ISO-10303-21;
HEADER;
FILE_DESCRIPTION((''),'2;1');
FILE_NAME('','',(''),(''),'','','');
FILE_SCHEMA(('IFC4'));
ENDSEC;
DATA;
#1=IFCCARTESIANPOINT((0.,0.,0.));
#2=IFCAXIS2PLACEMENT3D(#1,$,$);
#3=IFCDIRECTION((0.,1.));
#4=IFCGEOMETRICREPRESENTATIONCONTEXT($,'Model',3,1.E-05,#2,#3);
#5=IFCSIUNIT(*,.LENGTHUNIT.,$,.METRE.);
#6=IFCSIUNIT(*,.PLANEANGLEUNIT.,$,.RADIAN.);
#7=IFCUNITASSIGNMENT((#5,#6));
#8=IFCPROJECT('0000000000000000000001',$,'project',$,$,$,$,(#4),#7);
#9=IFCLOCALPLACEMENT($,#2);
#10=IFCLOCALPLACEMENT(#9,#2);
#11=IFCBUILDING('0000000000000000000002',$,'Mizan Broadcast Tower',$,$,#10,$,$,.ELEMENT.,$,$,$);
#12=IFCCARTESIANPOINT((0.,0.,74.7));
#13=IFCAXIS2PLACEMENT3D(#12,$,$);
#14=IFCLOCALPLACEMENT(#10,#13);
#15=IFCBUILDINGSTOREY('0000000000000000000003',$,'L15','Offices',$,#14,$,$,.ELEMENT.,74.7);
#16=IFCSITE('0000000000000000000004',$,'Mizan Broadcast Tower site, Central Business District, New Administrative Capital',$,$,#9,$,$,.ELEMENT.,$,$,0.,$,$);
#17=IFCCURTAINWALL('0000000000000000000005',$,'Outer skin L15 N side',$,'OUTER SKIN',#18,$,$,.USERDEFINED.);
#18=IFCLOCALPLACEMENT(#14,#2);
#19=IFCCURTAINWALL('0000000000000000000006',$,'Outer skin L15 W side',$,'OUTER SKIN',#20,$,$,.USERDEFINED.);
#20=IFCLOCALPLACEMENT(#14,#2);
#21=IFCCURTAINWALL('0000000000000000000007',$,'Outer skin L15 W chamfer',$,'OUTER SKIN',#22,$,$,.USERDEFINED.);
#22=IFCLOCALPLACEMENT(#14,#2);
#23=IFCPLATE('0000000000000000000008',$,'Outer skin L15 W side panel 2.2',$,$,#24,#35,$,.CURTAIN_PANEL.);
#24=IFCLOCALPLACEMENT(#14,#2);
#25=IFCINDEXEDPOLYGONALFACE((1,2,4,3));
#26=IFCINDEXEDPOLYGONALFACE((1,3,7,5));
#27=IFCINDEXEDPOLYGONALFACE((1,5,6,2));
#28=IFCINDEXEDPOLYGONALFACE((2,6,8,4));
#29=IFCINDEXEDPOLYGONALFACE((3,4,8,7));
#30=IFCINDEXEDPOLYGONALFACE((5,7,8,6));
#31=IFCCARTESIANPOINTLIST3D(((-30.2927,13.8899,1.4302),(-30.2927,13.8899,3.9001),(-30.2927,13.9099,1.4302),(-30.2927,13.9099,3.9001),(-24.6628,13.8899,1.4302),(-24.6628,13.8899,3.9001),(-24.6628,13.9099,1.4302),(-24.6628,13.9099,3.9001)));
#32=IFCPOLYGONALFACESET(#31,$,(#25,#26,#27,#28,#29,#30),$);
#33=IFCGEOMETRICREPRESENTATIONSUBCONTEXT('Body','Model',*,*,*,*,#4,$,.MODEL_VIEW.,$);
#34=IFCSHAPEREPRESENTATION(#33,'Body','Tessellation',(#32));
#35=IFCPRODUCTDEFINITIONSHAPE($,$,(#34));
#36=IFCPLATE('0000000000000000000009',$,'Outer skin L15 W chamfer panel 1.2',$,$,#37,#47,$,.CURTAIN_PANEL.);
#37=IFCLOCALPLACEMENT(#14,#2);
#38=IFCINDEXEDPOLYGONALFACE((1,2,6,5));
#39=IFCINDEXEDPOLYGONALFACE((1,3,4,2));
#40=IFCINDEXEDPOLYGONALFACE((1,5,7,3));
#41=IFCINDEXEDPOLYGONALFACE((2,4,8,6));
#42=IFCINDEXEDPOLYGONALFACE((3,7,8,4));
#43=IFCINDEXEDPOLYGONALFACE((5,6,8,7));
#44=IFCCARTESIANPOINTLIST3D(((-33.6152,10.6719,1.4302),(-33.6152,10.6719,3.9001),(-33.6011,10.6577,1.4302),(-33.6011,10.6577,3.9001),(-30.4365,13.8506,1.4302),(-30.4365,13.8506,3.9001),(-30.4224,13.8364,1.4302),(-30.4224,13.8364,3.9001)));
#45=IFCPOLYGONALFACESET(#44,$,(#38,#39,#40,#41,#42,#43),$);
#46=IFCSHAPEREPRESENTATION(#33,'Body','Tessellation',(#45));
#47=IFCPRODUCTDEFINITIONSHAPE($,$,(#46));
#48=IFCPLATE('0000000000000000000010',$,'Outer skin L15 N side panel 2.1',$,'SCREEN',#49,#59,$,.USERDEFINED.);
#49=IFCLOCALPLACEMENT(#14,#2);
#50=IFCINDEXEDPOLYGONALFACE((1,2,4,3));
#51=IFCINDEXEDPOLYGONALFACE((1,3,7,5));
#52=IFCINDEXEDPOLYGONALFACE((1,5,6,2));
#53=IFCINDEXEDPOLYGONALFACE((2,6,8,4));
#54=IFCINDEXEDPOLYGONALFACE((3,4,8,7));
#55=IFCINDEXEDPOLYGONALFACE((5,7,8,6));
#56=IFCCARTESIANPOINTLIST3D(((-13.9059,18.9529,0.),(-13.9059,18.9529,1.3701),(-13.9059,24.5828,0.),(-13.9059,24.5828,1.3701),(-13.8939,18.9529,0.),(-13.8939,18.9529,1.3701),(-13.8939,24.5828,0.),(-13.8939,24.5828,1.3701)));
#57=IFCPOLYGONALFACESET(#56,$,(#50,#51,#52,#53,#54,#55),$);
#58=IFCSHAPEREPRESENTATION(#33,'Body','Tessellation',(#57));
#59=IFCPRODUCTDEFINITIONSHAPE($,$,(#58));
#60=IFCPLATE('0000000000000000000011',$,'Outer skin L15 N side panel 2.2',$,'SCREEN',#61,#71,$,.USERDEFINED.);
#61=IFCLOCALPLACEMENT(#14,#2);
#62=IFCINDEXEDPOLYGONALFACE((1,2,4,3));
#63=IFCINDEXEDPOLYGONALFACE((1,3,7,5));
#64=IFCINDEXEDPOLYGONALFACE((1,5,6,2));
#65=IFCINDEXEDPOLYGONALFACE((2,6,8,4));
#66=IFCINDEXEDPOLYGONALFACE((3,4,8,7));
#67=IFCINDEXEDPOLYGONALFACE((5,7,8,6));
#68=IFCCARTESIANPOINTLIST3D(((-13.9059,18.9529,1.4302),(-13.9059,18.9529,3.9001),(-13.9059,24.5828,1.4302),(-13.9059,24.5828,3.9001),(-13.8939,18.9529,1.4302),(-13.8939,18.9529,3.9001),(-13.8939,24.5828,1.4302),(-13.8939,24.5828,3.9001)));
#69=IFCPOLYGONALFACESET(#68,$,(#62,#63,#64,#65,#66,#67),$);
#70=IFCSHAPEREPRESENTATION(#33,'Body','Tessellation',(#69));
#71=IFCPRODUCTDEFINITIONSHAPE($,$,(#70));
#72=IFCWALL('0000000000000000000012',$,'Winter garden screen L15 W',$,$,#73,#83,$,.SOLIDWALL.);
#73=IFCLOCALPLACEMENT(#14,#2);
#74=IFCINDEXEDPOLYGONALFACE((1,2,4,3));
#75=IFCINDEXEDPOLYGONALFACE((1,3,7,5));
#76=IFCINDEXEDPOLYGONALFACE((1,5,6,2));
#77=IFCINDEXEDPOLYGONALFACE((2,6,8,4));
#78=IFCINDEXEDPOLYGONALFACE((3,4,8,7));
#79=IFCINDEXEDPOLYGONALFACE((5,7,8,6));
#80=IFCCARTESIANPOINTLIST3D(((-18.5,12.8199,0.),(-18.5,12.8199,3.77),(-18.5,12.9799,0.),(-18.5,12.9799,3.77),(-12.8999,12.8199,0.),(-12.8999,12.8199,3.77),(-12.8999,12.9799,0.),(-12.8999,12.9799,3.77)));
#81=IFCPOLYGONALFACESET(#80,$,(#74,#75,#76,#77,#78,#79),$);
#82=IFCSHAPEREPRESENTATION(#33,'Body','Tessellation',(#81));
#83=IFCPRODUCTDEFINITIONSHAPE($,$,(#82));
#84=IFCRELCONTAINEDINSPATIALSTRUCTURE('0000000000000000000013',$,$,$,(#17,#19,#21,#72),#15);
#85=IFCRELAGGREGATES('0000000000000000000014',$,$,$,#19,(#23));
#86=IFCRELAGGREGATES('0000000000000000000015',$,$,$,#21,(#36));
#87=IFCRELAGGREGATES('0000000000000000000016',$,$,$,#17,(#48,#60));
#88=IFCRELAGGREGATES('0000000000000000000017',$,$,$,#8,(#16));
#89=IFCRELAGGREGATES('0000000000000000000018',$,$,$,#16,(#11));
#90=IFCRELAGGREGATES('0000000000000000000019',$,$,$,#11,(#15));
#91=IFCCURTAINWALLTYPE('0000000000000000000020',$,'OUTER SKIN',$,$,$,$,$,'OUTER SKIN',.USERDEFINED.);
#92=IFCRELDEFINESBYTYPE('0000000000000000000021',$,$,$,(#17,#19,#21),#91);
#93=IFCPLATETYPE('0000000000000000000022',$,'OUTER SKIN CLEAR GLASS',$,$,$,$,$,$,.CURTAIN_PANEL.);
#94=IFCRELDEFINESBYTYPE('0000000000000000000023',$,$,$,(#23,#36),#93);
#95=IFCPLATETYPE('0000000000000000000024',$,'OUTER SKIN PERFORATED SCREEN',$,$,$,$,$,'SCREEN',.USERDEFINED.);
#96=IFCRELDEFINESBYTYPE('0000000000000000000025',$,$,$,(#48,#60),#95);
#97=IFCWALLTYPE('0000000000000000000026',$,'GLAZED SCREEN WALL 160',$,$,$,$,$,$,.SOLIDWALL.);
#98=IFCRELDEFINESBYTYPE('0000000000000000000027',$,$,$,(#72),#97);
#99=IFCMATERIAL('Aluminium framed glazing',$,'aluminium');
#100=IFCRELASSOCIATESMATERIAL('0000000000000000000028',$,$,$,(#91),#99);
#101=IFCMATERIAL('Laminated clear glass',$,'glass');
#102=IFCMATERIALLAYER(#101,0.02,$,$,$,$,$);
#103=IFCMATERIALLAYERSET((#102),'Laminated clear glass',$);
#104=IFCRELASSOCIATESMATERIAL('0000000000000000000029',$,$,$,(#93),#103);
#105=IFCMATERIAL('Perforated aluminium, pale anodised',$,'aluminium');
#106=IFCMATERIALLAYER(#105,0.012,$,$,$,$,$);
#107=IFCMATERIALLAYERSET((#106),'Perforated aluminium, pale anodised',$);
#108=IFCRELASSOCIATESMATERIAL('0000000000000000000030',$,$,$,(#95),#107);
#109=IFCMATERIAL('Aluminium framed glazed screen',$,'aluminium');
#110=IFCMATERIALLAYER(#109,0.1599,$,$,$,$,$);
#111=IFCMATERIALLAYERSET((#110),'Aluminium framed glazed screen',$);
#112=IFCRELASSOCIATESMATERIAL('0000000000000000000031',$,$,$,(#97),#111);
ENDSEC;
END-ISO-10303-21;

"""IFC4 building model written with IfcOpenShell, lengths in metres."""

from ifc_helpers import new_model, si_unit, direction, frame, frame_2d, origin, origin_2d, place, context, subcontext, project, spatial, rectangle, extrude, material, layer, layer_set, type_object, element, aggregate, save


model = new_model("IFC4")

# Units and contexts
model_context = context("Model", 3, precision=1e-05, world=origin(), true_north=direction((0.0, 1.0)))
body_context = subcontext(model_context, "Body", "Model", "MODEL_VIEW")
ifc_project = project(units=[si_unit("LENGTHUNIT", "METRE"), si_unit("PLANEANGLEUNIT", "RADIAN")], contexts=[model_context])

# Site, building, storey
site_placement = place(None, origin())
site = spatial("IfcSite", under=ifc_project, at=site_placement, Name="Mizan Broadcast Tower site, Central Business District, New Administrative Capital", CompositionType="ELEMENT", RefElevation=0.0)
building_placement = place(site_placement, origin())
building = spatial("IfcBuilding", under=site, at=building_placement, Name="Mizan Broadcast Tower", CompositionType="ELEMENT")
storey_placement = place(building_placement, frame((0.0, 0.0, 74.7)))
storey = spatial("IfcBuildingStorey", under=building, at=storey_placement, Name="L15", Description="Offices", CompositionType="ELEMENT", Elevation=74.7)

# Shared definitions
ifc_material_1 = material(Name="Aluminium framed glazing", Category="aluminium")
curtain_wall_type_1 = type_object("IfcCurtainWallType", Name="OUTER SKIN", ElementType="OUTER SKIN", PredefinedType="USERDEFINED", material=ifc_material_1)

# Curtain wall
curtain_wall_1_placement = place(storey_placement, origin())
curtain_wall_1 = element("IfcCurtainWall", 1, at=curtain_wall_1_placement, inside=storey, type_object=curtain_wall_type_1, Name="Outer skin L15 N side", ObjectType="OUTER SKIN", PredefinedType="USERDEFINED")

# Curtain wall
curtain_wall_2_placement = place(storey_placement, origin())
curtain_wall_2 = element("IfcCurtainWall", 2, at=curtain_wall_2_placement, inside=storey, type_object=curtain_wall_type_1, Name="Outer skin L15 W side", ObjectType="OUTER SKIN", PredefinedType="USERDEFINED")

# Curtain wall
curtain_wall_3_placement = place(storey_placement, origin())
curtain_wall_3 = element("IfcCurtainWall", 3, at=curtain_wall_3_placement, inside=storey, type_object=curtain_wall_type_1, Name="Outer skin L15 W chamfer", ObjectType="OUTER SKIN", PredefinedType="USERDEFINED")

# Plates
ifc_material_2 = material(Name="Laminated clear glass", Category="glass")
ifc_layer_1 = layer(ifc_material_2, 0.02)
ifc_layer_set_1 = layer_set([ifc_layer_1], Name="Laminated clear glass")
plate_type_1 = type_object("IfcPlateType", Name="OUTER SKIN CLEAR GLASS", PredefinedType="CURTAIN_PANEL", material=ifc_layer_set_1)
plate_1_placement = place(storey_placement, frame((-27.4778, 13.8999, 1.4302), z_axis=(0.0, 0.0, 1.0), x_axis=(-1.0, 0.0, 0.0)))
plate_1 = element("IfcPlate", 4, at=plate_1_placement, type_object=plate_type_1, Name="Outer skin L15 W side panel 2.2", PredefinedType="CURTAIN_PANEL", context=body_context, shape_type="SweptSolid", body=[
    extrude(rectangle(XDim=5.6299, YDim=0.02, at=origin_2d()), origin(), (0.0, 0.0, 1.0), 2.47),
])
aggregate(curtain_wall_2, [plate_1])
plate_2_placement = place(storey_placement, frame((-32.0188, 12.2542, 1.4302), z_axis=(0.0, 0.0, 1.0), x_axis=(-0.707107, -0.707107, 0.0)))
plate_2 = element("IfcPlate", 5, at=plate_2_placement, type_object=plate_type_1, Name="Outer skin L15 W chamfer panel 1.2", PredefinedType="CURTAIN_PANEL", context=body_context, shape_type="SweptSolid", body=[
    extrude(rectangle(XDim=4.4954, YDim=0.02, at=origin_2d()), origin(), (0.0, 0.0, 1.0), 2.47),
])
aggregate(curtain_wall_3, [plate_2])
ifc_material_3 = material(Name="Perforated aluminium, pale anodised", Category="aluminium")
ifc_layer_2 = layer(ifc_material_3, 0.012)
ifc_layer_set_2 = layer_set([ifc_layer_2], Name="Perforated aluminium, pale anodised")
plate_type_2 = type_object("IfcPlateType", Name="OUTER SKIN PERFORATED SCREEN", ElementType="SCREEN", PredefinedType="USERDEFINED", material=ifc_layer_set_2)
plate_3_placement = place(storey_placement, frame((-13.8999, 21.7678, 0.0), z_axis=(0.0, 0.0, 1.0), x_axis=(0.0, -1.0, 0.0)))
plate_3 = element("IfcPlate", 6, at=plate_3_placement, type_object=plate_type_2, Name="Outer skin L15 N side panel 2.1", ObjectType="SCREEN", PredefinedType="USERDEFINED", context=body_context, shape_type="SweptSolid", body=[
    extrude(rectangle(XDim=5.6299, YDim=0.012, at=origin_2d()), origin(), (0.0, 0.0, 1.0), 1.3701),
])
plate_4_placement = place(storey_placement, frame((-13.8999, 21.7678, 1.4302), z_axis=(0.0, 0.0, 1.0), x_axis=(0.0, -1.0, 0.0)))
plate_4 = element("IfcPlate", 7, at=plate_4_placement, type_object=plate_type_2, Name="Outer skin L15 N side panel 2.2", ObjectType="SCREEN", PredefinedType="USERDEFINED", context=body_context, shape_type="SweptSolid", body=[
    extrude(rectangle(XDim=5.6299, YDim=0.012, at=origin_2d()), origin(), (0.0, 0.0, 1.0), 2.47),
])
aggregate(curtain_wall_1, [plate_3, plate_4])

# Wall
ifc_material_4 = material(Name="Aluminium framed glazed screen", Category="aluminium")
ifc_layer_3 = layer(ifc_material_4, 0.1599)
ifc_layer_set_3 = layer_set([ifc_layer_3], Name="Aluminium framed glazed screen")
wall_type = type_object("IfcWallType", Name="GLAZED SCREEN WALL 160", PredefinedType="SOLIDWALL", material=ifc_layer_set_3)
wall_placement = place(storey_placement, frame((-12.8999, 12.8999, 0.0), z_axis=(0.0, 0.0, 1.0), x_axis=(-1.0, 0.0, 0.0)))
element("IfcWall", 8, at=wall_placement, inside=storey, type_object=wall_type, Name="Winter garden screen L15 W", PredefinedType="SOLIDWALL", context=body_context, shape_type="SweptSolid", body=[
    extrude(rectangle(XDim=5.6001, YDim=0.1599, at=frame_2d((2.8, 0.0))), origin(), (0.0, 0.0, 1.0), 3.77),
])

save(model, "model.ifc")
